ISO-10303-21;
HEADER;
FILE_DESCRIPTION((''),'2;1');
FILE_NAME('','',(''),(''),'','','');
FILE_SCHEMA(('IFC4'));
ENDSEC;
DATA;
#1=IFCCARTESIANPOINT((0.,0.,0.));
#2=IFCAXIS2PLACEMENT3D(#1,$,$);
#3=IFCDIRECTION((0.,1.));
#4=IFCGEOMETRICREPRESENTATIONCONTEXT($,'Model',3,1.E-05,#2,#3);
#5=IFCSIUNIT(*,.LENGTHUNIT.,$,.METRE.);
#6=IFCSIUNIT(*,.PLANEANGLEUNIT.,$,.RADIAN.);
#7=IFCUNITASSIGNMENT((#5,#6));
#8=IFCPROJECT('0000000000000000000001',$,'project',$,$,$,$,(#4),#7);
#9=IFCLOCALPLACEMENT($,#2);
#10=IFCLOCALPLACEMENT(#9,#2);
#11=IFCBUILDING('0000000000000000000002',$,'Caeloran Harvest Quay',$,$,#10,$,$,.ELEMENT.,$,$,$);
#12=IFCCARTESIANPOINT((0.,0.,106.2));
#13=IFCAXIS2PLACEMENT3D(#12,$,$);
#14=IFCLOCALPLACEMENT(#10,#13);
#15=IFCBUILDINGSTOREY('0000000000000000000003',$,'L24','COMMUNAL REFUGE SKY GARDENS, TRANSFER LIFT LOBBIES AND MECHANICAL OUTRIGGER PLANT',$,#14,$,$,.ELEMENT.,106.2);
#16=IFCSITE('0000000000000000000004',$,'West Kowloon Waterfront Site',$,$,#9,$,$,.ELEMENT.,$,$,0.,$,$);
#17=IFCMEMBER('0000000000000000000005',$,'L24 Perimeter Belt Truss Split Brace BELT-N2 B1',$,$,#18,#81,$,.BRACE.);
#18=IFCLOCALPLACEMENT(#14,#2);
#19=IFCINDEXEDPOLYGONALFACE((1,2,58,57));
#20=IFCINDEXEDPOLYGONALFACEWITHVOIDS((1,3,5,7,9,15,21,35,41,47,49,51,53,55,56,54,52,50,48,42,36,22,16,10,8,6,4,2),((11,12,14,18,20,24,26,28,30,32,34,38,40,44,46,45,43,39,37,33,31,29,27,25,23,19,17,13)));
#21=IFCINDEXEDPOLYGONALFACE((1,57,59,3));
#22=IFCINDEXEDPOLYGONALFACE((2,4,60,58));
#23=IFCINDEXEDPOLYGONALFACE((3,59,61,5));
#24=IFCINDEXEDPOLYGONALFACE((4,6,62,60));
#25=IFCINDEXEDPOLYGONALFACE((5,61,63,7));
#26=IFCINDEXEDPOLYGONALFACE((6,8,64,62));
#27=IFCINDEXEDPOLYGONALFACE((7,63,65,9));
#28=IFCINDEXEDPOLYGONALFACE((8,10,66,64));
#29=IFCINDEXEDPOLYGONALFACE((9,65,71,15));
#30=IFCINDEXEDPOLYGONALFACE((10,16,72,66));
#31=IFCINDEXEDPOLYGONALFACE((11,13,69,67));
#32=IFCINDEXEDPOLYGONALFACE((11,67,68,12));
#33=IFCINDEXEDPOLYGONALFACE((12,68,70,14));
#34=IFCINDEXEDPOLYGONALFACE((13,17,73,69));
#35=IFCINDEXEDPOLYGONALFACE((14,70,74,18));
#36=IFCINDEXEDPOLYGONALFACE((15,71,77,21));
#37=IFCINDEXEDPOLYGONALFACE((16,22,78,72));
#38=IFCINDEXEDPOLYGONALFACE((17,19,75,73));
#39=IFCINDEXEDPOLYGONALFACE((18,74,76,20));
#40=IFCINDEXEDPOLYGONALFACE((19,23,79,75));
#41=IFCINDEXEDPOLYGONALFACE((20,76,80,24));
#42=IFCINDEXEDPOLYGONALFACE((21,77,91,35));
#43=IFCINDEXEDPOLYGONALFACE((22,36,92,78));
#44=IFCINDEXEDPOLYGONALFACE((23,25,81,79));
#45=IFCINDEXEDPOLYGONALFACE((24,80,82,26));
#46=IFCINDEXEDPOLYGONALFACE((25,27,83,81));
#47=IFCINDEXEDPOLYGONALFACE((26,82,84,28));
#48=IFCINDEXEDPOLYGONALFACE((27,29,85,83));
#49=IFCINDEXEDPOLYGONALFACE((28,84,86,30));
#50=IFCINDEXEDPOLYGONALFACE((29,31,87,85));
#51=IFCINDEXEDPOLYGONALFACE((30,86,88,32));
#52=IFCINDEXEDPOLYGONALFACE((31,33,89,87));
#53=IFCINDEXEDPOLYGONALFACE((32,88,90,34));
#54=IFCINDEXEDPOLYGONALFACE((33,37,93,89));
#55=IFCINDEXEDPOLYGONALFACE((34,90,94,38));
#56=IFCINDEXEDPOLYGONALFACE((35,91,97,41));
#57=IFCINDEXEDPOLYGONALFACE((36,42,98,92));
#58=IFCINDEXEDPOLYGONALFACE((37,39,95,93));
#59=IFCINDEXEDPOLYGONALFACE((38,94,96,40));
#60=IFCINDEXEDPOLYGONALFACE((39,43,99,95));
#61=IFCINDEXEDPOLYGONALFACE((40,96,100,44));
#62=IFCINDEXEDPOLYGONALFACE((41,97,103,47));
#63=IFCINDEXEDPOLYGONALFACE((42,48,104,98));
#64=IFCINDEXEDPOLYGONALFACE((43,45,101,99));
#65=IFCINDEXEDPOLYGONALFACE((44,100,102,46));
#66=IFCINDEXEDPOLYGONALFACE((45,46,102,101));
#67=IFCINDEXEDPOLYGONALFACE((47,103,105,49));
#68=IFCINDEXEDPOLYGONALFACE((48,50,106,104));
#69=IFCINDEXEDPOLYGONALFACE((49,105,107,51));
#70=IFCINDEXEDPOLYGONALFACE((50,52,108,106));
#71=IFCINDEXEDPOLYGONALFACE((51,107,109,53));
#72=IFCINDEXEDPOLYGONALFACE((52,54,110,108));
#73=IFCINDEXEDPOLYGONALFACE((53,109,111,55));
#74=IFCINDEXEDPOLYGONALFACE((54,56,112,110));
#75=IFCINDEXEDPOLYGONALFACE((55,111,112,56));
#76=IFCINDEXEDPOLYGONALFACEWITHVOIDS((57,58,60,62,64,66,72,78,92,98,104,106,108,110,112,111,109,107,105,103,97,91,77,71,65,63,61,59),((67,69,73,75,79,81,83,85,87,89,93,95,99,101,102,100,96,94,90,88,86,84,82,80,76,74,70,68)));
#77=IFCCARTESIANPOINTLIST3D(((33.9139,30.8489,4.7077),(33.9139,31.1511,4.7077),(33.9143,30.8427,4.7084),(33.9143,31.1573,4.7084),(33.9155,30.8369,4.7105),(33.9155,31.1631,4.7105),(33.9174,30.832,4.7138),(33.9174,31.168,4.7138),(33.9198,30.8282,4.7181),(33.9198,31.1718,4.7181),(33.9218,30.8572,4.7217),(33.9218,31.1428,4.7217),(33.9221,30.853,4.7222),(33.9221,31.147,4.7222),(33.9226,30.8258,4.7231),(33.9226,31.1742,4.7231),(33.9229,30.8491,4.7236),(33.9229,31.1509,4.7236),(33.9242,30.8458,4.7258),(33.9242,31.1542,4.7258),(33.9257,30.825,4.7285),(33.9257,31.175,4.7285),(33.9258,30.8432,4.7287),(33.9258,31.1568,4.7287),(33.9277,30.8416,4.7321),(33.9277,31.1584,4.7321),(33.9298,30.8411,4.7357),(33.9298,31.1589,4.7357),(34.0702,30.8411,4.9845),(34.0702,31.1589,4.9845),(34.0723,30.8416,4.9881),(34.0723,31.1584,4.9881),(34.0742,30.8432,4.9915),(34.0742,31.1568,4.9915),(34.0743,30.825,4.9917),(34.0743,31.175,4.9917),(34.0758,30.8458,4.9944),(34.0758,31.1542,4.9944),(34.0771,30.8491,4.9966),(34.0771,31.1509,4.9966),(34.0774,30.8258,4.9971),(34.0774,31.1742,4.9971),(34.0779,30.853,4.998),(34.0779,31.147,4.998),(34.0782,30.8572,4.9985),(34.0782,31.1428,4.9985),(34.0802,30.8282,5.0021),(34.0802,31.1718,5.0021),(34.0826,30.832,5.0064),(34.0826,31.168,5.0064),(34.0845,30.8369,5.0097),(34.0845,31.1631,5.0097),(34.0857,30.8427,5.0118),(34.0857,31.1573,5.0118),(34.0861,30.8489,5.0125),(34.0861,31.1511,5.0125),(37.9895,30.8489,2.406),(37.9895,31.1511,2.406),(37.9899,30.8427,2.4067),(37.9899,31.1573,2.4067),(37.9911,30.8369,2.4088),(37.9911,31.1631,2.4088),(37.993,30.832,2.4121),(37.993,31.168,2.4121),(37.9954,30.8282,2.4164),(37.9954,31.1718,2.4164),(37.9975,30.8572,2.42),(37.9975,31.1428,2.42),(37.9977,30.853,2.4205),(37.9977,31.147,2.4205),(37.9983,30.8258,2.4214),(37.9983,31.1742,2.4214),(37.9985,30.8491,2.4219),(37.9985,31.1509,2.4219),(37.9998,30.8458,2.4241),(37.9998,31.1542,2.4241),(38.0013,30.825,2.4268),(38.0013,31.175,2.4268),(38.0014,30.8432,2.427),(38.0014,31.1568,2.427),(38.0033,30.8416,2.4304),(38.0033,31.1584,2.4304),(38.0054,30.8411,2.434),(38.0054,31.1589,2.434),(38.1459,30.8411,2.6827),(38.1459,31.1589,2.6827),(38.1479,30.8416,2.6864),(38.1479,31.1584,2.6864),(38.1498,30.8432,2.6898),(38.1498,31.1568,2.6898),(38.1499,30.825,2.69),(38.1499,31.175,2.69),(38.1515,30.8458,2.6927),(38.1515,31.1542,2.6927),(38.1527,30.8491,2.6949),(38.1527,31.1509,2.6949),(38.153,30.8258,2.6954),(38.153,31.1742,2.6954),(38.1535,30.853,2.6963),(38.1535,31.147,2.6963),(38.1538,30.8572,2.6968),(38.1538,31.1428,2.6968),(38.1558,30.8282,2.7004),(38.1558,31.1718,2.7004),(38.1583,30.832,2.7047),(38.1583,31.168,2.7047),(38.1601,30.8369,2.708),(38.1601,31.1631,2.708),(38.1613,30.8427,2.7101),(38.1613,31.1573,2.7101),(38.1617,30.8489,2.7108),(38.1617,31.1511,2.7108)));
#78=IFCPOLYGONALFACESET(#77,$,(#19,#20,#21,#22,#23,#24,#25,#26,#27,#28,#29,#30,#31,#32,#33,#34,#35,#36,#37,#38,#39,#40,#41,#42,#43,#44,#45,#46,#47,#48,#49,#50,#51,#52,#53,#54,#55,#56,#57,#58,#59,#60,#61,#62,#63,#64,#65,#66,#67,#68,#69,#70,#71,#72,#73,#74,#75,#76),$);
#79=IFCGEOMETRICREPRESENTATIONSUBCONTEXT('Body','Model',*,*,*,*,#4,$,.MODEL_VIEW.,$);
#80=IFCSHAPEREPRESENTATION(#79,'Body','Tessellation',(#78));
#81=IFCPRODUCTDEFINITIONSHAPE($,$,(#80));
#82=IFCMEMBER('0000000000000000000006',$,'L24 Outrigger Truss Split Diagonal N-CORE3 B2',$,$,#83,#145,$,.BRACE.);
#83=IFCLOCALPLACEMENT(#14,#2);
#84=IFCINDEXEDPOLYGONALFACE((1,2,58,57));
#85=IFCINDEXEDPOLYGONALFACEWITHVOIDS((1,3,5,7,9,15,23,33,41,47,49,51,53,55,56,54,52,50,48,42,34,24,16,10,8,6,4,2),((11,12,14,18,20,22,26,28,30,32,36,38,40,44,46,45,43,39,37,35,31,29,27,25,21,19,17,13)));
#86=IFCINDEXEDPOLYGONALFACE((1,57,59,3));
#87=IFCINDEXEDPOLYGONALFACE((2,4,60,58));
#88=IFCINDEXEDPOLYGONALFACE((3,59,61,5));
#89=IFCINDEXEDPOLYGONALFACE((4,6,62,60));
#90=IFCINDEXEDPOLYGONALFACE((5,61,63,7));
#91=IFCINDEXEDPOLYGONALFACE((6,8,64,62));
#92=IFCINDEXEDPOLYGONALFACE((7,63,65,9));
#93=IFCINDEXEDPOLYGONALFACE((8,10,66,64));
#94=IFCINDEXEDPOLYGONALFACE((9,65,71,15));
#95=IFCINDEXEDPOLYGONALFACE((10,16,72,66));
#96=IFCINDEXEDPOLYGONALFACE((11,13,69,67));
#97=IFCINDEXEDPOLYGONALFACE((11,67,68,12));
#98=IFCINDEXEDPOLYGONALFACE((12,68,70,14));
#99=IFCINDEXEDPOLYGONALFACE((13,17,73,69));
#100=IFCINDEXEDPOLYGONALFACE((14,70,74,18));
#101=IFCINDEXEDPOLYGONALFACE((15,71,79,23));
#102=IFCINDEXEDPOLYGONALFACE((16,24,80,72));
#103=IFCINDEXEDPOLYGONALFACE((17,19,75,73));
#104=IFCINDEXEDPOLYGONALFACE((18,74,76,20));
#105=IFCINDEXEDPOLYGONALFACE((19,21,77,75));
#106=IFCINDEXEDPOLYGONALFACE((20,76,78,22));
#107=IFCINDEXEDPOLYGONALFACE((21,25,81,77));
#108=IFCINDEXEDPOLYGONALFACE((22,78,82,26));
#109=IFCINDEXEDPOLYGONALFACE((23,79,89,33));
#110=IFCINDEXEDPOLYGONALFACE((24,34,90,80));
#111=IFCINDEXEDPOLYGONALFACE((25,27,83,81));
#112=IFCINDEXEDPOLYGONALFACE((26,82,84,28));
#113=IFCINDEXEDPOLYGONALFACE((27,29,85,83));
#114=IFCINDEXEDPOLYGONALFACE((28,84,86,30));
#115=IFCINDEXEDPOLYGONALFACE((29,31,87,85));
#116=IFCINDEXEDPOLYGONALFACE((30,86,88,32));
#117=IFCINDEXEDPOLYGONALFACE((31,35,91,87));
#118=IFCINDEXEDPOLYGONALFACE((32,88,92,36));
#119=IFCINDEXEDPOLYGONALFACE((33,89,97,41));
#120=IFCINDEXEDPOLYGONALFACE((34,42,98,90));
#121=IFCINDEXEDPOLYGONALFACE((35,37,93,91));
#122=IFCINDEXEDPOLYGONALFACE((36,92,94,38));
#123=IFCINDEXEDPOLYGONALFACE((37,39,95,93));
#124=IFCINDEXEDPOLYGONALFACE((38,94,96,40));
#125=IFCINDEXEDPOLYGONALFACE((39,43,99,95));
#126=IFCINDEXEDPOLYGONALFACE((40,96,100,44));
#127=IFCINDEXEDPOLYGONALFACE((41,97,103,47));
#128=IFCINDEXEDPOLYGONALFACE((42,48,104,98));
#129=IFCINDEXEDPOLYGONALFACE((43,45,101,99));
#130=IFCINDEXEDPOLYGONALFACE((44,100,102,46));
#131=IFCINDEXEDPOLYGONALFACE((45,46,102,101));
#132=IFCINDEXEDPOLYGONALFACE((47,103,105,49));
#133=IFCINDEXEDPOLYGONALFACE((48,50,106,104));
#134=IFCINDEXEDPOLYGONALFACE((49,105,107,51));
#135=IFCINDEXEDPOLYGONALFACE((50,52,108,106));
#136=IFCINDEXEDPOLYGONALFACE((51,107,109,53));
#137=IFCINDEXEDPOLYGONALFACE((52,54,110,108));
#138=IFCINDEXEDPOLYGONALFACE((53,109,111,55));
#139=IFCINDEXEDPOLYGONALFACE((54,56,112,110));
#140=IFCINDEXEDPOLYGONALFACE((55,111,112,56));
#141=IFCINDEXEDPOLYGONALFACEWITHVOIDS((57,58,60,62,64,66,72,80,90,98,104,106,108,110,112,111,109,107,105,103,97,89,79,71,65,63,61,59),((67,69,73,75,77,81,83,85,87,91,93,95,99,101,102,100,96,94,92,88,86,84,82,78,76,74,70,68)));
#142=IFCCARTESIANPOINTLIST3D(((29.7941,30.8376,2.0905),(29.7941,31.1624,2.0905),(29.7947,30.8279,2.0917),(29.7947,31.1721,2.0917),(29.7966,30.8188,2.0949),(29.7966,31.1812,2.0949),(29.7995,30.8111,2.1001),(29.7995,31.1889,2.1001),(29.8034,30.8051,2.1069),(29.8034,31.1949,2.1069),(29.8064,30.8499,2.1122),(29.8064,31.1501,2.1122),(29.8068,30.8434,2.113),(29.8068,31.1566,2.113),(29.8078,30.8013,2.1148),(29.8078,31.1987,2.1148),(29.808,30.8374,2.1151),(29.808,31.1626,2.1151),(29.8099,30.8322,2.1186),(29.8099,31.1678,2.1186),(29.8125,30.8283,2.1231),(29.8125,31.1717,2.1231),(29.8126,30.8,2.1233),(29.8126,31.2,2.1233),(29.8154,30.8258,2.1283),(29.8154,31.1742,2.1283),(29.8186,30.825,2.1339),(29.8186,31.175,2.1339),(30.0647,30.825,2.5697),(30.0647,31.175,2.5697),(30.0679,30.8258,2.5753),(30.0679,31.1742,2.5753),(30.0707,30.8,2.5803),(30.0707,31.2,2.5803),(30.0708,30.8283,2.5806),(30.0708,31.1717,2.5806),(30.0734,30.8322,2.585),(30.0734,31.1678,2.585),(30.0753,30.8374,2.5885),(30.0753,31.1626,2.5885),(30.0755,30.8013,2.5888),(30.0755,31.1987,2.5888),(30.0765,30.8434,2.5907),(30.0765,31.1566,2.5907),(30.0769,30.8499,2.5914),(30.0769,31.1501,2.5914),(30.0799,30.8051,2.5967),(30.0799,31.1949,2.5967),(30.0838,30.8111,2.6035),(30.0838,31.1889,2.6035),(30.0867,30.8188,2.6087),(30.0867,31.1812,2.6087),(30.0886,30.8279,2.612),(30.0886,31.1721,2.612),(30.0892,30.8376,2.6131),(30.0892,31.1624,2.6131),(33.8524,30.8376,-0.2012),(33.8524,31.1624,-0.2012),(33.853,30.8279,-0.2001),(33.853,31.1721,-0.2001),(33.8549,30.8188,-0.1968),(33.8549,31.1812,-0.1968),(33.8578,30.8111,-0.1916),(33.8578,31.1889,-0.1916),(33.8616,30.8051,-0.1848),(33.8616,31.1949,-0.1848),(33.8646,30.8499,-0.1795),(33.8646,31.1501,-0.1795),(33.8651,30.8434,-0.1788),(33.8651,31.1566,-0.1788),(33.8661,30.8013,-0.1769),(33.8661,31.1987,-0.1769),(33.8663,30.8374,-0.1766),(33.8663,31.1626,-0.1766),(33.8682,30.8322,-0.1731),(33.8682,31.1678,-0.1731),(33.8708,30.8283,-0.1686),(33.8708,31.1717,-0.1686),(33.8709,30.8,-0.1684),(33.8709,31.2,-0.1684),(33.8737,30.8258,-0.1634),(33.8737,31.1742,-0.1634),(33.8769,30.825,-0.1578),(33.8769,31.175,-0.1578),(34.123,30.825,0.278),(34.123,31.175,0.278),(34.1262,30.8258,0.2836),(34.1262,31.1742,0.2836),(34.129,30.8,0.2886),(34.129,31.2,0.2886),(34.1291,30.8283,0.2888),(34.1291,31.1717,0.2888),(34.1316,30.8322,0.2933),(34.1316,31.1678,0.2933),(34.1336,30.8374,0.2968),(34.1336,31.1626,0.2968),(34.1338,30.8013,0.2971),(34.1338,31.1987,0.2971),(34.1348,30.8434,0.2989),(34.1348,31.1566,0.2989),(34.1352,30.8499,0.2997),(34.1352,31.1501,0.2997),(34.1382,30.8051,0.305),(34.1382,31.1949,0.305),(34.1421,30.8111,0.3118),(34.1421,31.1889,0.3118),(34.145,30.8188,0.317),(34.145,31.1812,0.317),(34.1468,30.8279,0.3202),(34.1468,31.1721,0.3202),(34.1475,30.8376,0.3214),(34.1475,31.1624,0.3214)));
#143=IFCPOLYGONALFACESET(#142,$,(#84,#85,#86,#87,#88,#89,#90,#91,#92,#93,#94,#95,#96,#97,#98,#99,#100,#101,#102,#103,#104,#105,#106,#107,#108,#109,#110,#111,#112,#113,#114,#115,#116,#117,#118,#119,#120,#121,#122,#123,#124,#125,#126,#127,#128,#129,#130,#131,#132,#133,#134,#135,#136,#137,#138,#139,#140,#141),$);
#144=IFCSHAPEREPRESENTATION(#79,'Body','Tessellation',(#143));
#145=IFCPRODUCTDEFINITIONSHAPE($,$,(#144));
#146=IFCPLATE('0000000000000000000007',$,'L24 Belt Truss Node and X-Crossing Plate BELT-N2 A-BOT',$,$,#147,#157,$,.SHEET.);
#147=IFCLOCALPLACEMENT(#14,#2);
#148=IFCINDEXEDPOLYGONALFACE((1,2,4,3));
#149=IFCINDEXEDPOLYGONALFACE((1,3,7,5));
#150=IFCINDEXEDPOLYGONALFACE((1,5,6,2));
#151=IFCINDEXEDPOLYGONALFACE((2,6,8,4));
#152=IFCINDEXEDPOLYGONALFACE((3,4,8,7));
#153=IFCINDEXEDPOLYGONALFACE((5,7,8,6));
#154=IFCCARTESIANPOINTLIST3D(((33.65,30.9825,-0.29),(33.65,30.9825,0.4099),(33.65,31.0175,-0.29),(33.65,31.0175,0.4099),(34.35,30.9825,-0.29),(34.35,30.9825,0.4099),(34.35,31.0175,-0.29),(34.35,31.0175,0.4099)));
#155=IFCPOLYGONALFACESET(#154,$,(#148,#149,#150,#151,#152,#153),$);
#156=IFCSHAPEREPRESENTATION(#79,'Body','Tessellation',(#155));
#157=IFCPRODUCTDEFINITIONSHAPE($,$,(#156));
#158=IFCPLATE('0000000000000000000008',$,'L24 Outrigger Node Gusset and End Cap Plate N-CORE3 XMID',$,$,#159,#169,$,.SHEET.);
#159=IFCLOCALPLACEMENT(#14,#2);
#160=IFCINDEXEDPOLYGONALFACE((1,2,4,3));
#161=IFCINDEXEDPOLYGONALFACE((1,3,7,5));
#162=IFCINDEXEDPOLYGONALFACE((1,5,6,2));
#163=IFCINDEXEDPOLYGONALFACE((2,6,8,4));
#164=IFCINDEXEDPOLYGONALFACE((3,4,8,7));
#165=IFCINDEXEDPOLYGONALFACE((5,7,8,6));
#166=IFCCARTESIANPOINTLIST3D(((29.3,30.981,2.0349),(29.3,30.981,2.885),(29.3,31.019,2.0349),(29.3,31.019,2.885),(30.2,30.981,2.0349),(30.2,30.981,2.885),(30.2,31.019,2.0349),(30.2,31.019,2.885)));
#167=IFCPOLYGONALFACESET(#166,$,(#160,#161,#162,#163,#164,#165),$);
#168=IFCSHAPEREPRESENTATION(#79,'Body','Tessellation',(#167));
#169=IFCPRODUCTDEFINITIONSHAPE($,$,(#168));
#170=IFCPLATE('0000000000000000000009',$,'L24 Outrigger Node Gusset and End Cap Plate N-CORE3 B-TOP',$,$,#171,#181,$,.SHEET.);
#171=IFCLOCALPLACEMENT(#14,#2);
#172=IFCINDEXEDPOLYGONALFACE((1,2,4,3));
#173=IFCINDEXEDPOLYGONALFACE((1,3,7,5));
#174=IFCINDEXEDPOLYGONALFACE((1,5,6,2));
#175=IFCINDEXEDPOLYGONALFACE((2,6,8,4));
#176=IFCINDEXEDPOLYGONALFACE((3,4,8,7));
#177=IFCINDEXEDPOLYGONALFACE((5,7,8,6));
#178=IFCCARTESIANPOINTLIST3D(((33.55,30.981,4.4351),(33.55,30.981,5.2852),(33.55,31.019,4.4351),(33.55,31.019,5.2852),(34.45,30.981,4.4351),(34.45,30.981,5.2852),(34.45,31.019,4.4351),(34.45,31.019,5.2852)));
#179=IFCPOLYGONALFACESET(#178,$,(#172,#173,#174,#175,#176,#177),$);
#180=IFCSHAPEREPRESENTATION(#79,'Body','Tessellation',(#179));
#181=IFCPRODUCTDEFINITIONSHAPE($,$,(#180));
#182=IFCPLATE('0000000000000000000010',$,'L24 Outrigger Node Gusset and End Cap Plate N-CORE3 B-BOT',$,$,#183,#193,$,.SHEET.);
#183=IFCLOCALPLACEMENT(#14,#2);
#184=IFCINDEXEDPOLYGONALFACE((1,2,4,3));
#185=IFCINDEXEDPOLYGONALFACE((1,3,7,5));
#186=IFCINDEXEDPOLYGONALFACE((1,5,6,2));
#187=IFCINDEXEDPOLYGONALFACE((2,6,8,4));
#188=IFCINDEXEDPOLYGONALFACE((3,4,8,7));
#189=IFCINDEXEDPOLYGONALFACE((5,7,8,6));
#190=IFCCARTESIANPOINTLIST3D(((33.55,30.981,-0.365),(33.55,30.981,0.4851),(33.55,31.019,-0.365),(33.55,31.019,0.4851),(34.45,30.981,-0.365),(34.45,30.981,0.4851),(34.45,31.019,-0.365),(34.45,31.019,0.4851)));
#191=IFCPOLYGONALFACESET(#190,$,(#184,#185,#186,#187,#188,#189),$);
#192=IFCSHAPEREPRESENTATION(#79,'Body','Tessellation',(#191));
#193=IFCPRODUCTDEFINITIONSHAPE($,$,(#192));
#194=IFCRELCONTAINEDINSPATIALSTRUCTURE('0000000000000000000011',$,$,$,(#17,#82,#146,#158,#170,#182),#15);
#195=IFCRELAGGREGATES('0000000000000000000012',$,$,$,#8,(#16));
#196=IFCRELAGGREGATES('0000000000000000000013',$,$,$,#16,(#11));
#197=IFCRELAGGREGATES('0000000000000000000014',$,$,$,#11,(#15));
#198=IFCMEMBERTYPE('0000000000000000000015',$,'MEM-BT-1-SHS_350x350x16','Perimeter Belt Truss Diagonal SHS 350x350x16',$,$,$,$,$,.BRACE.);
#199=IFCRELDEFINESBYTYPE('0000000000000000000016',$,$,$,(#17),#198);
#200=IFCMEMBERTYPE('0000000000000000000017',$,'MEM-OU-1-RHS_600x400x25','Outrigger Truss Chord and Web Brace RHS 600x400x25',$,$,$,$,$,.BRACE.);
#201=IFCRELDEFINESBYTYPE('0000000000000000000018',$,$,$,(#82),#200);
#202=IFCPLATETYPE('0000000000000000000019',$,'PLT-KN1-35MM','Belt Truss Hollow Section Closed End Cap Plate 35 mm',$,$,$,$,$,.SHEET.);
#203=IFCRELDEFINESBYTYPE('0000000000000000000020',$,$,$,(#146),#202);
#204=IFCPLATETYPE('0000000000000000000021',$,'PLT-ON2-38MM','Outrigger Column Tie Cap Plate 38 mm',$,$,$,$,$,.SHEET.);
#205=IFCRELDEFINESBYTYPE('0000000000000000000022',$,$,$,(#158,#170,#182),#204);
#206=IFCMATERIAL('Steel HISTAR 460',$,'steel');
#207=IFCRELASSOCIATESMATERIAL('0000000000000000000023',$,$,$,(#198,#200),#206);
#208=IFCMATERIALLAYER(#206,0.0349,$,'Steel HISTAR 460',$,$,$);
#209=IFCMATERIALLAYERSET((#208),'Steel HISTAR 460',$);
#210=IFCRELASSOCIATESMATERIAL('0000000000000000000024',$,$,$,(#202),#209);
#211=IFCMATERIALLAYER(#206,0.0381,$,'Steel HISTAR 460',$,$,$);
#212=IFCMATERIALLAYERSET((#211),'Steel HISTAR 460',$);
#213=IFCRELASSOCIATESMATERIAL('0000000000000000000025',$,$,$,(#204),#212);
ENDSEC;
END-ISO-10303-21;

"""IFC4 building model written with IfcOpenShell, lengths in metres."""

from ifc_helpers import new_model, si_unit, direction, frame, origin, origin_2d, place, context, subcontext, project, spatial, rectangle, hollow_rectangle, extrude, material, layer, layer_set, material_profile, profile_set, type_object, element, save


model = new_model("IFC4")

# Units and contexts
model_context = context("Model", 3, precision=1e-05, world=origin(), true_north=direction((0.0, 1.0)))
body_context = subcontext(model_context, "Body", "Model", "MODEL_VIEW")
ifc_project = project(units=[si_unit("LENGTHUNIT", "METRE"), si_unit("PLANEANGLEUNIT", "RADIAN")], contexts=[model_context])

# Site, building, storey
site_placement = place(None, origin())
site = spatial("IfcSite", under=ifc_project, at=site_placement, Name="West Kowloon Waterfront Site", CompositionType="ELEMENT", RefElevation=0.0)
building_placement = place(site_placement, origin())
building = spatial("IfcBuilding", under=site, at=building_placement, Name="Caeloran Harvest Quay", CompositionType="ELEMENT")
storey_placement = place(building_placement, frame((0.0, 0.0, 106.2)))
storey = spatial("IfcBuildingStorey", under=building, at=storey_placement, Name="L24", Description="COMMUNAL REFUGE SKY GARDENS, TRANSFER LIFT LOBBIES AND MECHANICAL OUTRIGGER PLANT", CompositionType="ELEMENT", Elevation=106.2)

# Members
ifc_material_1 = material(Name="Steel HISTAR 460", Category="steel")
ifc_material_profile_1 = material_profile(ifc_material_1, hollow_rectangle(XDim=0.3501, YDim=0.3501, WallThickness=0.0161, InnerFilletRadius=0.0161, OuterFilletRadius=0.0239, at=origin_2d()), Name="SHS 350x350x16")
ifc_profile_set_1 = profile_set([ifc_material_profile_1], Name="Steel HISTAR 460")
member_type_1 = type_object("IfcMemberType", Name="MEM-BT-1-SHS_350x350x16", Description="Perimeter Belt Truss Diagonal SHS 350x350x16", PredefinedType="BRACE", material=ifc_profile_set_1)
member_1_placement = place(storey_placement, frame((34.0, 31.0, 4.8601), z_axis=(0.870736, 0.0, -0.491751), x_axis=(0.0, 1.0, 0.0)))
element("IfcMember", 1, at=member_1_placement, inside=storey, type_object=member_type_1, Name="L24 Perimeter Belt Truss Split Brace BELT-N2 B1", PredefinedType="BRACE", context=body_context, shape_type="SweptSolid", body=[
    extrude(hollow_rectangle(XDim=0.3501, YDim=0.3501, WallThickness=0.0161, InnerFilletRadius=0.0161, OuterFilletRadius=0.0239, at=origin_2d()), origin(), (0.0, 0.0, 1.0), 4.6807),
])
ifc_material_profile_2 = material_profile(ifc_material_1, hollow_rectangle(XDim=0.3999, YDim=0.6001, WallThickness=0.0249, InnerFilletRadius=0.0249, OuterFilletRadius=0.0376, at=origin_2d()), Name="RHS 600x400x25")
ifc_profile_set_2 = profile_set([ifc_material_profile_2], Name="Steel HISTAR 460")
member_type_2 = type_object("IfcMemberType", Name="MEM-OU-1-RHS_600x400x25", Description="Outrigger Truss Chord and Web Brace RHS 600x400x25", PredefinedType="BRACE", material=ifc_profile_set_2)
member_2_placement = place(storey_placement, frame((29.9417, 31.0, 2.3518), z_axis=(0.870756, 0.0, -0.491715), x_axis=(0.0, 1.0, 0.0)))
element("IfcMember", 2, at=member_2_placement, inside=storey, type_object=member_type_2, Name="L24 Outrigger Truss Split Diagonal N-CORE3 B2", PredefinedType="BRACE", context=body_context, shape_type="SweptSolid", body=[
    extrude(hollow_rectangle(XDim=0.3999, YDim=0.6001, WallThickness=0.0249, InnerFilletRadius=0.0249, OuterFilletRadius=0.0376, at=origin_2d()), origin(), (0.0, 0.0, 1.0), 4.6606),
])

# Plates
ifc_layer_1 = layer(ifc_material_1, 0.0349, Name="Steel HISTAR 460")
ifc_layer_set_1 = layer_set([ifc_layer_1], Name="Steel HISTAR 460")
plate_type_1 = type_object("IfcPlateType", Name="PLT-KN1-35MM", Description="Belt Truss Hollow Section Closed End Cap Plate 35 mm", PredefinedType="SHEET", material=ifc_layer_set_1)
plate_placement = place(storey_placement, frame((34.0, 31.0, -0.29), z_axis=(0.0, 0.0, 1.0), x_axis=(1.0, 0.0, 0.0)))
element("IfcPlate", 3, at=plate_placement, inside=storey, type_object=plate_type_1, Name="L24 Belt Truss Node and X-Crossing Plate BELT-N2 A-BOT", PredefinedType="SHEET", context=body_context, shape_type="SweptSolid", body=[
    extrude(rectangle(XDim=0.7, YDim=0.0349, at=origin_2d()), origin(), (0.0, 0.0, 1.0), 0.7),
])
ifc_layer_2 = layer(ifc_material_1, 0.0381, Name="Steel HISTAR 460")
ifc_layer_set_2 = layer_set([ifc_layer_2], Name="Steel HISTAR 460")
plate_type_2 = type_object("IfcPlateType", Name="PLT-ON2-38MM", Description="Outrigger Column Tie Cap Plate 38 mm", PredefinedType="SHEET", material=ifc_layer_set_2)
for number, where, z_axis, x_axis, name in (
    (4, (29.75, 31.0, 2.0349), (0.0, 0.0, 1.0), (1.0, 0.0, 0.0), "L24 Outrigger Node Gusset and End Cap Plate N-CORE3 XMID"),
    (5, (34.0, 31.0, 4.4351), (0.0, 0.0, 1.0), (1.0, 0.0, 0.0), "L24 Outrigger Node Gusset and End Cap Plate N-CORE3 B-TOP"),
    (6, (34.0, 31.0, -0.365), (0.0, 0.0, 1.0), (1.0, 0.0, 0.0), "L24 Outrigger Node Gusset and End Cap Plate N-CORE3 B-BOT"),
):
    element("IfcPlate", number, at=place(storey_placement, frame(where, z_axis=z_axis, x_axis=x_axis)), inside=storey, type_object=plate_type_2, Name=name, PredefinedType="SHEET", context=body_context, shape_type="SweptSolid", body=[
        extrude(rectangle(XDim=0.8999, YDim=0.0381, at=origin_2d()), origin(), (0.0, 0.0, 1.0), 0.8501),
    ])

save(model, "model.ifc")
